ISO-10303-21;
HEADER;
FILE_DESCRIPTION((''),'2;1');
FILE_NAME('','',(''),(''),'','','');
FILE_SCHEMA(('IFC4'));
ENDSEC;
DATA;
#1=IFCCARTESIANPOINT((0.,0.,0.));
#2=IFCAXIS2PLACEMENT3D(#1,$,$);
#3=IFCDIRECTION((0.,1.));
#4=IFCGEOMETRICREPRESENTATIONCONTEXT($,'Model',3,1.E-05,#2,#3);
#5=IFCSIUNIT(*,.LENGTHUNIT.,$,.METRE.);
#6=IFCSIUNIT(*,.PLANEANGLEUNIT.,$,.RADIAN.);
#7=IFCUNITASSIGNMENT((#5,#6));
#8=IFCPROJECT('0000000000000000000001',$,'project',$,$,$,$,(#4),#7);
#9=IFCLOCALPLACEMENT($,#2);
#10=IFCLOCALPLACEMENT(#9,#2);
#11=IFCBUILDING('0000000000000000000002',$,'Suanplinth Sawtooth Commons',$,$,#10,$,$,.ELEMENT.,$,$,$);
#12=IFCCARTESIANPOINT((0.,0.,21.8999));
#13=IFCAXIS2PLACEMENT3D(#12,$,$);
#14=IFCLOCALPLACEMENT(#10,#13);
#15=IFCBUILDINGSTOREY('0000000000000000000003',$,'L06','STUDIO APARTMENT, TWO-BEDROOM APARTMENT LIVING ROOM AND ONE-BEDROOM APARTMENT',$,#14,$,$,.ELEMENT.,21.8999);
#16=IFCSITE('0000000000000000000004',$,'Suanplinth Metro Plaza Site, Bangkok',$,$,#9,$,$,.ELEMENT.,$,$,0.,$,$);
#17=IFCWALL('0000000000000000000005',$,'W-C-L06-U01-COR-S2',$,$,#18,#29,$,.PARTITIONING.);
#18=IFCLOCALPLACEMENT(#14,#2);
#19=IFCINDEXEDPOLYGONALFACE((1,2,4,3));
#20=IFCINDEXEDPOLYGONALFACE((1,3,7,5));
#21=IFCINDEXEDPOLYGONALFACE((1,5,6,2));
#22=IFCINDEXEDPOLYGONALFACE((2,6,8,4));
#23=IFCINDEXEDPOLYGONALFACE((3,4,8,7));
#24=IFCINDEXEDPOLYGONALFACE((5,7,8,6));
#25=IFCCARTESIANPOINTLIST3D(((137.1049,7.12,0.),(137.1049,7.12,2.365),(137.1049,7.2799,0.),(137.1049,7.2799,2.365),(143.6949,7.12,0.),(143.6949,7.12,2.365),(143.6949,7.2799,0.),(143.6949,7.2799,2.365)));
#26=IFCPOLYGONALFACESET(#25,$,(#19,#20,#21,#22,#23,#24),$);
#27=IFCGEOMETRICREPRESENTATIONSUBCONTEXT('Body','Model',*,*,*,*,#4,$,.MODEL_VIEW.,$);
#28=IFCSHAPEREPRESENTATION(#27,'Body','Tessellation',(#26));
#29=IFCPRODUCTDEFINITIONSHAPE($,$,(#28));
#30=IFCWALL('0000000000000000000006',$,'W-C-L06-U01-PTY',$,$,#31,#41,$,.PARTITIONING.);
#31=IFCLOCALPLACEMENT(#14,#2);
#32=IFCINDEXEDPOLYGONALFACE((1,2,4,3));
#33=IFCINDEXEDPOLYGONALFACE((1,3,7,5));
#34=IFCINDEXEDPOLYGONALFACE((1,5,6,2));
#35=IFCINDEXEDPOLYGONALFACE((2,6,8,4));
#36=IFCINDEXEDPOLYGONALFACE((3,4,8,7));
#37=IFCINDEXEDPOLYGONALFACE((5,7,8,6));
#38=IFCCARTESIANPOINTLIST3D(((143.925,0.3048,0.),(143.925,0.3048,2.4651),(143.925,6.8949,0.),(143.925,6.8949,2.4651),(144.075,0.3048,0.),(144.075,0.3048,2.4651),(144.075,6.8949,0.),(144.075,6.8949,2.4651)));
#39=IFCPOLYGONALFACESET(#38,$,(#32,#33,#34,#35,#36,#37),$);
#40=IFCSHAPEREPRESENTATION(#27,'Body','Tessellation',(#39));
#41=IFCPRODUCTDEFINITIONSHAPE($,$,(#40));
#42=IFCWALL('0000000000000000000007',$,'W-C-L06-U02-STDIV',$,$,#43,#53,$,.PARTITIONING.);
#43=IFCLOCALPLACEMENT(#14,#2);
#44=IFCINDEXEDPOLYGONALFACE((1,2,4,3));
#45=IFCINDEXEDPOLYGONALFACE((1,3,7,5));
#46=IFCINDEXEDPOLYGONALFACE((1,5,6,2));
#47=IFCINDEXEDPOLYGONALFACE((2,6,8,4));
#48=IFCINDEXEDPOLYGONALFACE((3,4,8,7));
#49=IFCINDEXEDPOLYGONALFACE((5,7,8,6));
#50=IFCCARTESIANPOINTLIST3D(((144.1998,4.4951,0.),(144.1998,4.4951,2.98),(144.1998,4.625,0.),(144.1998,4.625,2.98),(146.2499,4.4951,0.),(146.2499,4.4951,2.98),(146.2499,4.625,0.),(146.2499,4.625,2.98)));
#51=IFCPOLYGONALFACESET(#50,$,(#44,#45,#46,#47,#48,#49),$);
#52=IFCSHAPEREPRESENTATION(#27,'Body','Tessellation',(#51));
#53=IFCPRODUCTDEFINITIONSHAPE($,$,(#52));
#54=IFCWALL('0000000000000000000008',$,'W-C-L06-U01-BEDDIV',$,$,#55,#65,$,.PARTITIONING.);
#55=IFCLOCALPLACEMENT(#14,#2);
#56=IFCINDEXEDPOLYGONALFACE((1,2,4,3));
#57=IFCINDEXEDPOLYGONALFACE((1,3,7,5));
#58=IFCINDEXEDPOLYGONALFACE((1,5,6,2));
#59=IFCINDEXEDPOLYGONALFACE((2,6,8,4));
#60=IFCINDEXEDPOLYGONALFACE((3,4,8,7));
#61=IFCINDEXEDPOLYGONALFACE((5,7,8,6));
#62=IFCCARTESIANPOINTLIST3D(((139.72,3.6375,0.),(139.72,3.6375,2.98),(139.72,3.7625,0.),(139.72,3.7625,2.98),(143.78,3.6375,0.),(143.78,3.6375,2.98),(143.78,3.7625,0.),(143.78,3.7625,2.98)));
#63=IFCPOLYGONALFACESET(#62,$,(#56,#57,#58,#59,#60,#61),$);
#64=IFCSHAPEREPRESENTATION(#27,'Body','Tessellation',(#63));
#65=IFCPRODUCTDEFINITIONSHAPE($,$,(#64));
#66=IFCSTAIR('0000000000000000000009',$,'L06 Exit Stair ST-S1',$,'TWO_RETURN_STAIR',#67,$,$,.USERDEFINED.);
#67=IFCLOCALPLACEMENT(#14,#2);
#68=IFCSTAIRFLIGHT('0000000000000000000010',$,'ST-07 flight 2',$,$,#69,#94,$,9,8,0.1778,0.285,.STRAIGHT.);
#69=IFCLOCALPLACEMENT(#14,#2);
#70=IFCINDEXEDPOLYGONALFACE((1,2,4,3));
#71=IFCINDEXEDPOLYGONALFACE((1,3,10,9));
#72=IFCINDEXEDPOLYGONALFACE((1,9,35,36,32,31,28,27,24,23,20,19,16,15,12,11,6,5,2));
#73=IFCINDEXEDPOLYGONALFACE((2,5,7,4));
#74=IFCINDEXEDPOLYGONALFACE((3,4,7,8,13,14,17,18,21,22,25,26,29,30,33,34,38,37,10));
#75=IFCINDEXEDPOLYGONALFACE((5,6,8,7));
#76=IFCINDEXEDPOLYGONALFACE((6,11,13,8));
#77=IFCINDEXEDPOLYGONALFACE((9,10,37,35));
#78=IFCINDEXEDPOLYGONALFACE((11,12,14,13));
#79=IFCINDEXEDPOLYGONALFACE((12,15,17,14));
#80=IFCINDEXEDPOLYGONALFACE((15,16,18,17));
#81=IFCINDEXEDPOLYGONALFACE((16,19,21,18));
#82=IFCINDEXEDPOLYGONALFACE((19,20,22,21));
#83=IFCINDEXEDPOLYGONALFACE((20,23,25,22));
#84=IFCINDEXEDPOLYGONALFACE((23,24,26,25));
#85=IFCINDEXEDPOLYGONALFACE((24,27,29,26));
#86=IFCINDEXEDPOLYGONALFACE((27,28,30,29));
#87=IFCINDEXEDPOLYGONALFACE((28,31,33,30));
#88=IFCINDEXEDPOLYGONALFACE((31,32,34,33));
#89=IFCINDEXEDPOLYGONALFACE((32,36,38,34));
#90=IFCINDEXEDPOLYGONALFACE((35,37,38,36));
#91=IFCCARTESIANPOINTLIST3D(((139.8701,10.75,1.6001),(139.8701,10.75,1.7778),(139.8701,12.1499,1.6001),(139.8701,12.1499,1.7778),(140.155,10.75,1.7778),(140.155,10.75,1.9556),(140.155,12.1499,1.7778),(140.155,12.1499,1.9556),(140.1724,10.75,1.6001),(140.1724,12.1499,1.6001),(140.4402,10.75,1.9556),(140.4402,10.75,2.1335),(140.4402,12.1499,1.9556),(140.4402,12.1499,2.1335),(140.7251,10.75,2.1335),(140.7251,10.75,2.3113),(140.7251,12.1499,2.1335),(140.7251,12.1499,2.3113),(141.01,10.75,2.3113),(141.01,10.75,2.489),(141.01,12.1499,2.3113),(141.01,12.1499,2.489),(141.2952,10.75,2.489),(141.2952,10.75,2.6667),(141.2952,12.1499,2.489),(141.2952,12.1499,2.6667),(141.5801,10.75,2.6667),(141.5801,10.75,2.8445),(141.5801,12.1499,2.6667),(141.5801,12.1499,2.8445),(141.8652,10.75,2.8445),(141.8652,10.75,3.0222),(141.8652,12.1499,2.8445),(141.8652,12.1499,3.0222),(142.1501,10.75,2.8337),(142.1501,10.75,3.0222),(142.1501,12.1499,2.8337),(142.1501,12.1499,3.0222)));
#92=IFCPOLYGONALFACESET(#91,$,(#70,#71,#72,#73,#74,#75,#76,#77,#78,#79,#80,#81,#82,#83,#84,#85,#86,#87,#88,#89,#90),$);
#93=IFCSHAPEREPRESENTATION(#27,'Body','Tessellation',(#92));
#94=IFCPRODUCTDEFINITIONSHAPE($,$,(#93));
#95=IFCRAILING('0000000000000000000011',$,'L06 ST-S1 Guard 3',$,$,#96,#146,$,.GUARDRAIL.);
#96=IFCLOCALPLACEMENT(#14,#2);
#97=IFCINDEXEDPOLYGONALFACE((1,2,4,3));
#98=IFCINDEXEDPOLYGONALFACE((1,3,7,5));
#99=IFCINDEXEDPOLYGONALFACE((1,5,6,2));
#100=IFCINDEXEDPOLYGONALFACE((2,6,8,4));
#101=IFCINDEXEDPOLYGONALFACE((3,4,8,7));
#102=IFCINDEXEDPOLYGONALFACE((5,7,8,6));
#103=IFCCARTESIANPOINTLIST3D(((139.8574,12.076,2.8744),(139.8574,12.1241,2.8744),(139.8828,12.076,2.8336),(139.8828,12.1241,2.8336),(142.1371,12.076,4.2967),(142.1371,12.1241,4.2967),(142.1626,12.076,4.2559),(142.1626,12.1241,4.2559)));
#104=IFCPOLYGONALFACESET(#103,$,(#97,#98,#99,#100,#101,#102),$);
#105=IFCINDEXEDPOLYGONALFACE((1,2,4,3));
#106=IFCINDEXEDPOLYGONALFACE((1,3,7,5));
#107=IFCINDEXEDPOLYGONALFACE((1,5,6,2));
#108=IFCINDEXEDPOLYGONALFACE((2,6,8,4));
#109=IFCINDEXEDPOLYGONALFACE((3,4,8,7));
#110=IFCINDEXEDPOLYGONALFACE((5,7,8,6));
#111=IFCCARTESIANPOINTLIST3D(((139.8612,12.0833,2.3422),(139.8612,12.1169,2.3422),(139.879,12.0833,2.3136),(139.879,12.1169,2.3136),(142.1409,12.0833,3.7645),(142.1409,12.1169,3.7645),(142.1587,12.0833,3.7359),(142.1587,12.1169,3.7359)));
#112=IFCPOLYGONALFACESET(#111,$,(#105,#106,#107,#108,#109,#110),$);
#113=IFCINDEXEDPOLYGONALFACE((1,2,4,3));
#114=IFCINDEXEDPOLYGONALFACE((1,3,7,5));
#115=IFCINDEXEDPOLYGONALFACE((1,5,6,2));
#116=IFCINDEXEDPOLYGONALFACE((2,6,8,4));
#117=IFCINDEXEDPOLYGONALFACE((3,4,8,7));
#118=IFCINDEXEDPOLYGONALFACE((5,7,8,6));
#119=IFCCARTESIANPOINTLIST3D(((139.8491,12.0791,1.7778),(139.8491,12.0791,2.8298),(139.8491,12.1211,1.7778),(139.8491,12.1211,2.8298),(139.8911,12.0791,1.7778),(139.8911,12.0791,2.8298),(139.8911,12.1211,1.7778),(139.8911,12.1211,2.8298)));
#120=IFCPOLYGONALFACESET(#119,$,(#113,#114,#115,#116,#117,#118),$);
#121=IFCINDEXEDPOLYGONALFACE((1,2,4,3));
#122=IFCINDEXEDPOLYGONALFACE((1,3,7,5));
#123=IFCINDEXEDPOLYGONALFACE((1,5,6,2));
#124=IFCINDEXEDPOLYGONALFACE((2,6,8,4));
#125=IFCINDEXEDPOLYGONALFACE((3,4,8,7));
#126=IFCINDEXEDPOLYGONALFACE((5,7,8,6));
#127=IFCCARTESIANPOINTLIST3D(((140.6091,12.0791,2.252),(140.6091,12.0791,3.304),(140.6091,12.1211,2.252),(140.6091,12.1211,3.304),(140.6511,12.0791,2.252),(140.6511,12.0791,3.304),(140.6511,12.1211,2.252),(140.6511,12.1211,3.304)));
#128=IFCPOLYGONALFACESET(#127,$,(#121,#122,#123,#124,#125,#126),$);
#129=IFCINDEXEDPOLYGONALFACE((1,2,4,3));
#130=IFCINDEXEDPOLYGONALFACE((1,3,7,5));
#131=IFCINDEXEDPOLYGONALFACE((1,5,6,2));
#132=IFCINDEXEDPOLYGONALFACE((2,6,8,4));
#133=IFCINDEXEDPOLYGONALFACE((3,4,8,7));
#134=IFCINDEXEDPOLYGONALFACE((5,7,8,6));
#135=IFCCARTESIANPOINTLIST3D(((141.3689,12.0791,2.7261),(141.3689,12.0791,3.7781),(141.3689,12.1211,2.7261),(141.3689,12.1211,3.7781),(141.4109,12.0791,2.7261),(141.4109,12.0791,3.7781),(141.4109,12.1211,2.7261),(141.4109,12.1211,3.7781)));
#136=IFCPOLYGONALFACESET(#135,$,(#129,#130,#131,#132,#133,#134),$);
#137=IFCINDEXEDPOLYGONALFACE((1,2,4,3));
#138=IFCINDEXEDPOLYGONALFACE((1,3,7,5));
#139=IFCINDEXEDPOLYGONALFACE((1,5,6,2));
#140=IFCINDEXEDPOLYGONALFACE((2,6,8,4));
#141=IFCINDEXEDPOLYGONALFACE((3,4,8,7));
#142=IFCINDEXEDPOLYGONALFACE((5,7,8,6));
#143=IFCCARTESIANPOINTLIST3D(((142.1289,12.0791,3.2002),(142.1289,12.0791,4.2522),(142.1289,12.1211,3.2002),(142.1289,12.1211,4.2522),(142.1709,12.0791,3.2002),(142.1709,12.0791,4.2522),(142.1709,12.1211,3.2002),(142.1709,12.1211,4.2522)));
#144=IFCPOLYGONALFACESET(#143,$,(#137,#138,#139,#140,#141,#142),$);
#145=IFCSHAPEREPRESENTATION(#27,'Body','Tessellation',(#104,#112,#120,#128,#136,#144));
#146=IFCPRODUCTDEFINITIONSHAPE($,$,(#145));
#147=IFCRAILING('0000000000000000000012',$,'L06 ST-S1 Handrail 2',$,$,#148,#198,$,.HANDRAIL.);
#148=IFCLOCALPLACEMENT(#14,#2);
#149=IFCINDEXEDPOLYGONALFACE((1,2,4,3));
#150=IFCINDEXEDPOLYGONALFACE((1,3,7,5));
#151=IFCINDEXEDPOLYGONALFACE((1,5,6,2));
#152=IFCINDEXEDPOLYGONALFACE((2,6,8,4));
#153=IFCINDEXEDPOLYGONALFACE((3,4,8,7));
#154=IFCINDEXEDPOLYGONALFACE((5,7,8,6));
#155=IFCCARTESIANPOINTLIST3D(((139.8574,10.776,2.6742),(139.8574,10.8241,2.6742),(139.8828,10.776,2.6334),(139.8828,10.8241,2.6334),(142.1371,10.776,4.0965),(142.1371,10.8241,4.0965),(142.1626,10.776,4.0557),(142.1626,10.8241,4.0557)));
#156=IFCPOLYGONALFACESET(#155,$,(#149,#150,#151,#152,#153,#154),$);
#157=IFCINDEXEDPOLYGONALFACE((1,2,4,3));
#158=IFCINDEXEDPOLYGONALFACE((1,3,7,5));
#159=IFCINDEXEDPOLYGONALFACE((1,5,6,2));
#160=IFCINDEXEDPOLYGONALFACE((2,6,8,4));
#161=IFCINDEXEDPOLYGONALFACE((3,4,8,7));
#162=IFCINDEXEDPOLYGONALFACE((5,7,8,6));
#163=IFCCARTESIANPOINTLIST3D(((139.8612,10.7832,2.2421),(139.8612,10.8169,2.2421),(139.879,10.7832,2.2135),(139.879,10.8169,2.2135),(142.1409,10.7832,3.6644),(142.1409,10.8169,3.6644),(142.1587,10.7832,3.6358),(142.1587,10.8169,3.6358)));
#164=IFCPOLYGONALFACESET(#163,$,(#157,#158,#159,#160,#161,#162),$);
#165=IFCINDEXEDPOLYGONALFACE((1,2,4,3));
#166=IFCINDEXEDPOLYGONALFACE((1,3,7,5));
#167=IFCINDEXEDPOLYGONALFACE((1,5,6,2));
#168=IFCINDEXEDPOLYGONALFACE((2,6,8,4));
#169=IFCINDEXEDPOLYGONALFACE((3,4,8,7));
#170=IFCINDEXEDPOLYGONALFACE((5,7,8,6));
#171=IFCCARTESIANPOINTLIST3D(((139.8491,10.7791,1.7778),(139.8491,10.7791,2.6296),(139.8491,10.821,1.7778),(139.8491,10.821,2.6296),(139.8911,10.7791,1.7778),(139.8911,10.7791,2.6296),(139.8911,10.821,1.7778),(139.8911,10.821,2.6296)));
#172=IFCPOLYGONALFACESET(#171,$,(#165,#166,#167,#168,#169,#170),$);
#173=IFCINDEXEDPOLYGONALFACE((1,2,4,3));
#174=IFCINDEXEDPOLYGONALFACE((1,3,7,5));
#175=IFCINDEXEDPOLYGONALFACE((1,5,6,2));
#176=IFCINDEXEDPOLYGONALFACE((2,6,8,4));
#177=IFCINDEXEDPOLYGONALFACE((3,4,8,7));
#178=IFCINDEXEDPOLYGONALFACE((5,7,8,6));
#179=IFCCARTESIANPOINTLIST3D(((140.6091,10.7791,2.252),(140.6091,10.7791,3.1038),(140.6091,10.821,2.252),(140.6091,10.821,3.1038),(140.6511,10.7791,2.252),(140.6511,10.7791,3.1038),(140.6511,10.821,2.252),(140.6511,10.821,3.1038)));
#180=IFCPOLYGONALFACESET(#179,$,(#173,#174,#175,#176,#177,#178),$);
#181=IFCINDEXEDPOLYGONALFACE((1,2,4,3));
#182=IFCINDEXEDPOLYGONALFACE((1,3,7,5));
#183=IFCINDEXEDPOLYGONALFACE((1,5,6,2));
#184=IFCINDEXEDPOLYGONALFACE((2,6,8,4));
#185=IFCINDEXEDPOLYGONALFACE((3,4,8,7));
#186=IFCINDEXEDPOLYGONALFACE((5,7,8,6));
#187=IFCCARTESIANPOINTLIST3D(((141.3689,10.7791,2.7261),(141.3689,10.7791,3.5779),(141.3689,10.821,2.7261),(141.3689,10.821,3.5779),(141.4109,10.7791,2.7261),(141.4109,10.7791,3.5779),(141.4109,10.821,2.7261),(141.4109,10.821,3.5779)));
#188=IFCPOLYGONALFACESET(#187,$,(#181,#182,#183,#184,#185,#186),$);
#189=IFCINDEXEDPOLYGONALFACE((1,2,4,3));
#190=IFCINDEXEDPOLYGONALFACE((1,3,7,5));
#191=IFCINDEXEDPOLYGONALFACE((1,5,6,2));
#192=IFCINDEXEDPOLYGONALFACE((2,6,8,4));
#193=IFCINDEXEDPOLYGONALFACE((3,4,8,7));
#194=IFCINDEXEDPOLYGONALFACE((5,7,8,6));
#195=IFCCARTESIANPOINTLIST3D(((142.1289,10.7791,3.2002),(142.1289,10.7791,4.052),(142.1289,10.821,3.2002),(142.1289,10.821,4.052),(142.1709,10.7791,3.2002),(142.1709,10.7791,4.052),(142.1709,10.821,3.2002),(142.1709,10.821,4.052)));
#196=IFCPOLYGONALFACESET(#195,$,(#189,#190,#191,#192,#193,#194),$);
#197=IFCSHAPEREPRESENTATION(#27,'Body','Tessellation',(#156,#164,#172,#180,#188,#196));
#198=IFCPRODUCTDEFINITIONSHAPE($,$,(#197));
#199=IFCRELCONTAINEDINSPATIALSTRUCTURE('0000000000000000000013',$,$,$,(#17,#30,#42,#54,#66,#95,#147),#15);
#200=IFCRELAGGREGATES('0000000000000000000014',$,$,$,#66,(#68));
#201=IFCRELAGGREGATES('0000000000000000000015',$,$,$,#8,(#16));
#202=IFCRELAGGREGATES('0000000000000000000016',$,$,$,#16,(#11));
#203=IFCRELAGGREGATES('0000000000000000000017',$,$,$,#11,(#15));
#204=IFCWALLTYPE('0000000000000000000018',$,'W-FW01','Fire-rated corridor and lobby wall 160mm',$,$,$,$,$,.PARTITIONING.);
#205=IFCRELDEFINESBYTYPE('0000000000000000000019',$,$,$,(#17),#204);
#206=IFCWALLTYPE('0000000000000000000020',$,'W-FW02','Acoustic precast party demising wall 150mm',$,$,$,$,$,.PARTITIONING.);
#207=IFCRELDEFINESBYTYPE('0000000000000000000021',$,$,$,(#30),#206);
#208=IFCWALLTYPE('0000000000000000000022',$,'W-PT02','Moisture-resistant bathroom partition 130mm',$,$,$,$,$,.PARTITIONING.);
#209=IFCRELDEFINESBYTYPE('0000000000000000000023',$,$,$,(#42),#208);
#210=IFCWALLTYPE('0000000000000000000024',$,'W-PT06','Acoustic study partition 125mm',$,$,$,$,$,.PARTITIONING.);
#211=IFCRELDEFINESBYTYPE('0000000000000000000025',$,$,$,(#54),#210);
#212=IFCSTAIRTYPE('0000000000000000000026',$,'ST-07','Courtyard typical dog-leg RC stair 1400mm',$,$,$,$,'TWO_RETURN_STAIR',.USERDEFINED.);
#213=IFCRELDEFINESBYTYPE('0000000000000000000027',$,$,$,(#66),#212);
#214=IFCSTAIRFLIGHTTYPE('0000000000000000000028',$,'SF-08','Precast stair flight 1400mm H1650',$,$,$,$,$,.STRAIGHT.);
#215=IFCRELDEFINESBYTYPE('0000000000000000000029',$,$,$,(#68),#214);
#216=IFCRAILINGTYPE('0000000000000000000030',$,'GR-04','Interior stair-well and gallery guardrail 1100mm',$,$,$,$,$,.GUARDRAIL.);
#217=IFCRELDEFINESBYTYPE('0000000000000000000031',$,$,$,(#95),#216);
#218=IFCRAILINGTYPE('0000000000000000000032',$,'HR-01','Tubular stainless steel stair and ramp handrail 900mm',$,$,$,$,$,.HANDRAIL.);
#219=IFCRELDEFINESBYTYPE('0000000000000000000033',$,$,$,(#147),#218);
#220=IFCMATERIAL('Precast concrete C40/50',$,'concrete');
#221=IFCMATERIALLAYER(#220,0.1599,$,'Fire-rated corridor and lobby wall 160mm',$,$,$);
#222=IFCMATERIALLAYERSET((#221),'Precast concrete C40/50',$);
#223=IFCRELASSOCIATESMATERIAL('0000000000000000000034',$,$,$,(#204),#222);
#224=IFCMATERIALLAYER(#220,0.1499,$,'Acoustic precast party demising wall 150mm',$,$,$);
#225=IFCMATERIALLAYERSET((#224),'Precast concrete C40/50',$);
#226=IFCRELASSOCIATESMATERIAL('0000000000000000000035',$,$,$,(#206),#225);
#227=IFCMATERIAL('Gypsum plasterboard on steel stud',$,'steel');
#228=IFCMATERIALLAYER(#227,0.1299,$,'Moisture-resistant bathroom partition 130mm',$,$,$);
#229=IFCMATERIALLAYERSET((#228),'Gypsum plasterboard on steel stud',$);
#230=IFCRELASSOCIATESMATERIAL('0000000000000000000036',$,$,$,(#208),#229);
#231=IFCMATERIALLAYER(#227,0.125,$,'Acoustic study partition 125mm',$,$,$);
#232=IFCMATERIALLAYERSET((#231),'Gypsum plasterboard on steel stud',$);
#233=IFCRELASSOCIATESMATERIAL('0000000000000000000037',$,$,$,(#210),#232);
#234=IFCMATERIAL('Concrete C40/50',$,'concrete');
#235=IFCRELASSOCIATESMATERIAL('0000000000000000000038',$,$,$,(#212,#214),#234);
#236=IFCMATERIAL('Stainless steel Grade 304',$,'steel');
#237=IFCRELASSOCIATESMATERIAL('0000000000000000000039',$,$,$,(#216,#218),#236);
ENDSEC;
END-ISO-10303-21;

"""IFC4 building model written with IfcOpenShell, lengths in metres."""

from ifc_helpers import new_model, si_unit, direction, frame, frame_2d, origin, origin_2d, place, context, subcontext, project, spatial, polyline, rectangle, outline, extrude, material, layer, layer_set, type_object, element, aggregate, save


model = new_model("IFC4")

# Units and contexts
model_context = context("Model", 3, precision=1e-05, world=origin(), true_north=direction((0.0, 1.0)))
body_context = subcontext(model_context, "Body", "Model", "MODEL_VIEW")
ifc_project = project(units=[si_unit("LENGTHUNIT", "METRE"), si_unit("PLANEANGLEUNIT", "RADIAN")], contexts=[model_context])

# Site, building, storey
site_placement = place(None, origin())
site = spatial("IfcSite", under=ifc_project, at=site_placement, Name="Suanplinth Metro Plaza Site, Bangkok", CompositionType="ELEMENT", RefElevation=0.0)
building_placement = place(site_placement, origin())
building = spatial("IfcBuilding", under=site, at=building_placement, Name="Suanplinth Sawtooth Commons", CompositionType="ELEMENT")
storey_placement = place(building_placement, frame((0.0, 0.0, 21.8999)))
storey = spatial("IfcBuildingStorey", under=building, at=storey_placement, Name="L06", Description="STUDIO APARTMENT, TWO-BEDROOM APARTMENT LIVING ROOM AND ONE-BEDROOM APARTMENT", CompositionType="ELEMENT", Elevation=21.8999)

# Shared definitions
ifc_material_1 = material(Name="Precast concrete C40/50", Category="concrete")

# Shared definitions
ifc_material_2 = material(Name="Concrete C40/50", Category="concrete")

# Wall
ifc_layer_1 = layer(ifc_material_1, 0.1599, Name="Fire-rated corridor and lobby wall 160mm")
ifc_layer_set_1 = layer_set([ifc_layer_1], Name="Precast concrete C40/50")
wall_type_1 = type_object("IfcWallType", Name="W-FW01", Description="Fire-rated corridor and lobby wall 160mm", PredefinedType="PARTITIONING", material=ifc_layer_set_1)
wall_1_placement = place(storey_placement, frame((137.105, 7.2, 0.0), z_axis=(0.0, 0.0, 1.0), x_axis=(1.0, 0.0, 0.0)))
element("IfcWall", 1, at=wall_1_placement, inside=storey, type_object=wall_type_1, Name="W-C-L06-U01-COR-S2", PredefinedType="PARTITIONING", context=body_context, shape_type="SweptSolid", body=[
    extrude(rectangle(XDim=6.5901, YDim=0.1599, at=frame_2d((3.2949, 0.0))), origin(), (0.0, 0.0, 1.0), 2.365),
])

# Walls
ifc_layer_2 = layer(ifc_material_1, 0.1499, Name="Acoustic precast party demising wall 150mm")
ifc_layer_set_2 = layer_set([ifc_layer_2], Name="Precast concrete C40/50")
wall_type_2 = type_object("IfcWallType", Name="W-FW02", Description="Acoustic precast party demising wall 150mm", PredefinedType="PARTITIONING", material=ifc_layer_set_2)
wall_2_placement = place(storey_placement, frame((144.0, 0.3049, 0.0), z_axis=(0.0, 0.0, 1.0), x_axis=(0.0, 1.0, 0.0)))
element("IfcWall", 2, at=wall_2_placement, inside=storey, type_object=wall_type_2, Name="W-C-L06-U01-PTY", PredefinedType="PARTITIONING", context=body_context, shape_type="SweptSolid", body=[
    extrude(rectangle(XDim=6.5901, YDim=0.1499, at=frame_2d((3.2949, 0.0))), origin(), (0.0, 0.0, 1.0), 2.4651),
])
ifc_material_3 = material(Name="Gypsum plasterboard on steel stud", Category="steel")
ifc_layer_3 = layer(ifc_material_3, 0.1299, Name="Moisture-resistant bathroom partition 130mm")
ifc_layer_set_3 = layer_set([ifc_layer_3], Name="Gypsum plasterboard on steel stud")
wall_type_3 = type_object("IfcWallType", Name="W-PT02", Description="Moisture-resistant bathroom partition 130mm", PredefinedType="PARTITIONING", material=ifc_layer_set_3)
wall_3_placement = place(storey_placement, frame((144.2, 4.5601, 0.0), z_axis=(0.0, 0.0, 1.0), x_axis=(1.0, 0.0, 0.0)))
element("IfcWall", 3, at=wall_3_placement, inside=storey, type_object=wall_type_3, Name="W-C-L06-U02-STDIV", PredefinedType="PARTITIONING", context=body_context, shape_type="SweptSolid", body=[
    extrude(rectangle(XDim=2.05, YDim=0.1299, at=frame_2d((1.0249, 0.0))), origin(), (0.0, 0.0, 1.0), 2.98),
])

# Wall
ifc_layer_4 = layer(ifc_material_3, 0.125, Name="Acoustic study partition 125mm")
ifc_layer_set_4 = layer_set([ifc_layer_4], Name="Gypsum plasterboard on steel stud")
wall_type_4 = type_object("IfcWallType", Name="W-PT06", Description="Acoustic study partition 125mm", PredefinedType="PARTITIONING", material=ifc_layer_set_4)
wall_4_placement = place(storey_placement, frame((139.72, 3.7, 0.0), z_axis=(0.0, 0.0, 1.0), x_axis=(1.0, 0.0, 0.0)))
element("IfcWall", 4, at=wall_4_placement, inside=storey, type_object=wall_type_4, Name="W-C-L06-U01-BEDDIV", PredefinedType="PARTITIONING", context=body_context, shape_type="SweptSolid", body=[
    extrude(rectangle(XDim=4.0601, YDim=0.125, at=frame_2d((2.03, 0.0))), origin(), (0.0, 0.0, 1.0), 2.98),
])

# Shared definitions
ifc_material_4 = material(Name="Stainless steel Grade 304", Category="steel")

# Stair, stair flight
stair_type = type_object("IfcStairType", Name="ST-07", Description="Courtyard typical dog-leg RC stair 1400mm", ElementType="TWO_RETURN_STAIR", PredefinedType="USERDEFINED", material=ifc_material_2)
stair_placement = place(storey_placement, origin())
stair = element("IfcStair", 5, at=stair_placement, inside=storey, type_object=stair_type, Name="L06 Exit Stair ST-S1", ObjectType="TWO_RETURN_STAIR", PredefinedType="USERDEFINED")
stair_flight_type = type_object("IfcStairFlightType", Name="SF-08", Description="Precast stair flight 1400mm H1650", PredefinedType="STRAIGHT", material=ifc_material_2)
stair_flight_placement = place(storey_placement, frame((139.8701, 11.45, 1.6001), z_axis=(0.0, 0.0, 1.0), x_axis=(1.0, 0.0, 0.0)))
stair_flight = element("IfcStairFlight", 6, at=stair_flight_placement, type_object=stair_flight_type, Name="ST-07 flight 2", NumberOfRisers=9, NumberOfTreads=8, PredefinedType="STRAIGHT", RiserHeight=0.1778, TreadLength=0.285, context=body_context, shape_type="SweptSolid", body=[
    extrude(outline(polyline([(0.0, 0.0), (0.0, 0.1777), (0.2849, 0.1777), (0.2849, 0.3555), (0.5701, 0.3555), (0.5701, 0.5334), (0.855, 0.5334), (0.855, 0.7112), (1.1399, 0.7112), (1.1399, 0.8889), (1.425, 0.8889), (1.425, 1.0667), (1.71, 1.0667), (1.71, 1.2444), (1.9951, 1.2444), (1.9951, 1.4221), (2.28, 1.4221), (2.28, 1.6001), (2.28, 1.2336), (0.3022, 0.0), (0.0, 0.0)])), frame((0.0, 0.7, 0.0), z_axis=(0.0, -1.0, 0.0), x_axis=(1.0, 0.0, 0.0)), (0.0, 0.0, 1.0), 1.3999),
])
aggregate(stair, [stair_flight])

# Railings
railing_type_1 = type_object("IfcRailingType", Name="GR-04", Description="Interior stair-well and gallery guardrail 1100mm", PredefinedType="GUARDRAIL", material=ifc_material_4)
railing_1_placement = place(storey_placement, frame((139.8701, 12.1001, 1.7778)))
element("IfcRailing", 7, at=railing_1_placement, inside=storey, type_object=railing_type_1, Name="L06 ST-S1 Guard 3", PredefinedType="GUARDRAIL", context=body_context, shape_type="SweptSolid", body=[
    extrude(rectangle(XDim=0.0481, YDim=0.0481, at=origin_2d()), frame((0.0, 0.0, 1.0762), z_axis=(0.848417, 0.0, 0.529329), x_axis=(0.0, 1.0, 0.0)), (0.0, 0.0, 1.0), 2.687),
    extrude(rectangle(XDim=0.0337, YDim=0.0337, at=origin_2d()), frame((0.0, 0.0, 0.55), z_axis=(0.848417, 0.0, 0.529329), x_axis=(0.0, 1.0, 0.0)), (0.0, 0.0, 1.0), 2.687),
    extrude(rectangle(XDim=0.042, YDim=0.042, at=origin_2d()), origin(), (0.0, 0.0, 1.0), 1.052),
    extrude(rectangle(XDim=0.042, YDim=0.042, at=origin_2d()), frame((0.76, 0.0, 0.4741)), (0.0, 0.0, 1.0), 1.052),
    extrude(rectangle(XDim=0.042, YDim=0.042, at=origin_2d()), frame((1.5198, 0.0, 0.9482)), (0.0, 0.0, 1.0), 1.052),
    extrude(rectangle(XDim=0.042, YDim=0.042, at=origin_2d()), frame((2.2798, 0.0, 1.4224)), (0.0, 0.0, 1.0), 1.052),
])
railing_type_2 = type_object("IfcRailingType", Name="HR-01", Description="Tubular stainless steel stair and ramp handrail 900mm", PredefinedType="HANDRAIL", material=ifc_material_4)
railing_2_placement = place(storey_placement, frame((139.8701, 10.8, 1.7778)))
element("IfcRailing", 8, at=railing_2_placement, inside=storey, type_object=railing_type_2, Name="L06 ST-S1 Handrail 2", PredefinedType="HANDRAIL", context=body_context, shape_type="SweptSolid", body=[
    extrude(rectangle(XDim=0.0481, YDim=0.0481, at=origin_2d()), frame((0.0, 0.0, 0.876), z_axis=(0.848417, 0.0, 0.529329), x_axis=(0.0, 1.0, 0.0)), (0.0, 0.0, 1.0), 2.687),
    extrude(rectangle(XDim=0.0337, YDim=0.0337, at=origin_2d()), frame((0.0, 0.0, 0.45), z_axis=(0.848417, 0.0, 0.529329), x_axis=(0.0, 1.0, 0.0)), (0.0, 0.0, 1.0), 2.687),
    extrude(rectangle(XDim=0.042, YDim=0.042, at=origin_2d()), origin(), (0.0, 0.0, 1.0), 0.8518),
    extrude(rectangle(XDim=0.042, YDim=0.042, at=origin_2d()), frame((0.76, 0.0, 0.4741)), (0.0, 0.0, 1.0), 0.8518),
    extrude(rectangle(XDim=0.042, YDim=0.042, at=origin_2d()), frame((1.5198, 0.0, 0.9482)), (0.0, 0.0, 1.0), 0.8518),
    extrude(rectangle(XDim=0.042, YDim=0.042, at=origin_2d()), frame((2.2798, 0.0, 1.4224)), (0.0, 0.0, 1.0), 0.8518),
])

save(model, "model.ifc")
